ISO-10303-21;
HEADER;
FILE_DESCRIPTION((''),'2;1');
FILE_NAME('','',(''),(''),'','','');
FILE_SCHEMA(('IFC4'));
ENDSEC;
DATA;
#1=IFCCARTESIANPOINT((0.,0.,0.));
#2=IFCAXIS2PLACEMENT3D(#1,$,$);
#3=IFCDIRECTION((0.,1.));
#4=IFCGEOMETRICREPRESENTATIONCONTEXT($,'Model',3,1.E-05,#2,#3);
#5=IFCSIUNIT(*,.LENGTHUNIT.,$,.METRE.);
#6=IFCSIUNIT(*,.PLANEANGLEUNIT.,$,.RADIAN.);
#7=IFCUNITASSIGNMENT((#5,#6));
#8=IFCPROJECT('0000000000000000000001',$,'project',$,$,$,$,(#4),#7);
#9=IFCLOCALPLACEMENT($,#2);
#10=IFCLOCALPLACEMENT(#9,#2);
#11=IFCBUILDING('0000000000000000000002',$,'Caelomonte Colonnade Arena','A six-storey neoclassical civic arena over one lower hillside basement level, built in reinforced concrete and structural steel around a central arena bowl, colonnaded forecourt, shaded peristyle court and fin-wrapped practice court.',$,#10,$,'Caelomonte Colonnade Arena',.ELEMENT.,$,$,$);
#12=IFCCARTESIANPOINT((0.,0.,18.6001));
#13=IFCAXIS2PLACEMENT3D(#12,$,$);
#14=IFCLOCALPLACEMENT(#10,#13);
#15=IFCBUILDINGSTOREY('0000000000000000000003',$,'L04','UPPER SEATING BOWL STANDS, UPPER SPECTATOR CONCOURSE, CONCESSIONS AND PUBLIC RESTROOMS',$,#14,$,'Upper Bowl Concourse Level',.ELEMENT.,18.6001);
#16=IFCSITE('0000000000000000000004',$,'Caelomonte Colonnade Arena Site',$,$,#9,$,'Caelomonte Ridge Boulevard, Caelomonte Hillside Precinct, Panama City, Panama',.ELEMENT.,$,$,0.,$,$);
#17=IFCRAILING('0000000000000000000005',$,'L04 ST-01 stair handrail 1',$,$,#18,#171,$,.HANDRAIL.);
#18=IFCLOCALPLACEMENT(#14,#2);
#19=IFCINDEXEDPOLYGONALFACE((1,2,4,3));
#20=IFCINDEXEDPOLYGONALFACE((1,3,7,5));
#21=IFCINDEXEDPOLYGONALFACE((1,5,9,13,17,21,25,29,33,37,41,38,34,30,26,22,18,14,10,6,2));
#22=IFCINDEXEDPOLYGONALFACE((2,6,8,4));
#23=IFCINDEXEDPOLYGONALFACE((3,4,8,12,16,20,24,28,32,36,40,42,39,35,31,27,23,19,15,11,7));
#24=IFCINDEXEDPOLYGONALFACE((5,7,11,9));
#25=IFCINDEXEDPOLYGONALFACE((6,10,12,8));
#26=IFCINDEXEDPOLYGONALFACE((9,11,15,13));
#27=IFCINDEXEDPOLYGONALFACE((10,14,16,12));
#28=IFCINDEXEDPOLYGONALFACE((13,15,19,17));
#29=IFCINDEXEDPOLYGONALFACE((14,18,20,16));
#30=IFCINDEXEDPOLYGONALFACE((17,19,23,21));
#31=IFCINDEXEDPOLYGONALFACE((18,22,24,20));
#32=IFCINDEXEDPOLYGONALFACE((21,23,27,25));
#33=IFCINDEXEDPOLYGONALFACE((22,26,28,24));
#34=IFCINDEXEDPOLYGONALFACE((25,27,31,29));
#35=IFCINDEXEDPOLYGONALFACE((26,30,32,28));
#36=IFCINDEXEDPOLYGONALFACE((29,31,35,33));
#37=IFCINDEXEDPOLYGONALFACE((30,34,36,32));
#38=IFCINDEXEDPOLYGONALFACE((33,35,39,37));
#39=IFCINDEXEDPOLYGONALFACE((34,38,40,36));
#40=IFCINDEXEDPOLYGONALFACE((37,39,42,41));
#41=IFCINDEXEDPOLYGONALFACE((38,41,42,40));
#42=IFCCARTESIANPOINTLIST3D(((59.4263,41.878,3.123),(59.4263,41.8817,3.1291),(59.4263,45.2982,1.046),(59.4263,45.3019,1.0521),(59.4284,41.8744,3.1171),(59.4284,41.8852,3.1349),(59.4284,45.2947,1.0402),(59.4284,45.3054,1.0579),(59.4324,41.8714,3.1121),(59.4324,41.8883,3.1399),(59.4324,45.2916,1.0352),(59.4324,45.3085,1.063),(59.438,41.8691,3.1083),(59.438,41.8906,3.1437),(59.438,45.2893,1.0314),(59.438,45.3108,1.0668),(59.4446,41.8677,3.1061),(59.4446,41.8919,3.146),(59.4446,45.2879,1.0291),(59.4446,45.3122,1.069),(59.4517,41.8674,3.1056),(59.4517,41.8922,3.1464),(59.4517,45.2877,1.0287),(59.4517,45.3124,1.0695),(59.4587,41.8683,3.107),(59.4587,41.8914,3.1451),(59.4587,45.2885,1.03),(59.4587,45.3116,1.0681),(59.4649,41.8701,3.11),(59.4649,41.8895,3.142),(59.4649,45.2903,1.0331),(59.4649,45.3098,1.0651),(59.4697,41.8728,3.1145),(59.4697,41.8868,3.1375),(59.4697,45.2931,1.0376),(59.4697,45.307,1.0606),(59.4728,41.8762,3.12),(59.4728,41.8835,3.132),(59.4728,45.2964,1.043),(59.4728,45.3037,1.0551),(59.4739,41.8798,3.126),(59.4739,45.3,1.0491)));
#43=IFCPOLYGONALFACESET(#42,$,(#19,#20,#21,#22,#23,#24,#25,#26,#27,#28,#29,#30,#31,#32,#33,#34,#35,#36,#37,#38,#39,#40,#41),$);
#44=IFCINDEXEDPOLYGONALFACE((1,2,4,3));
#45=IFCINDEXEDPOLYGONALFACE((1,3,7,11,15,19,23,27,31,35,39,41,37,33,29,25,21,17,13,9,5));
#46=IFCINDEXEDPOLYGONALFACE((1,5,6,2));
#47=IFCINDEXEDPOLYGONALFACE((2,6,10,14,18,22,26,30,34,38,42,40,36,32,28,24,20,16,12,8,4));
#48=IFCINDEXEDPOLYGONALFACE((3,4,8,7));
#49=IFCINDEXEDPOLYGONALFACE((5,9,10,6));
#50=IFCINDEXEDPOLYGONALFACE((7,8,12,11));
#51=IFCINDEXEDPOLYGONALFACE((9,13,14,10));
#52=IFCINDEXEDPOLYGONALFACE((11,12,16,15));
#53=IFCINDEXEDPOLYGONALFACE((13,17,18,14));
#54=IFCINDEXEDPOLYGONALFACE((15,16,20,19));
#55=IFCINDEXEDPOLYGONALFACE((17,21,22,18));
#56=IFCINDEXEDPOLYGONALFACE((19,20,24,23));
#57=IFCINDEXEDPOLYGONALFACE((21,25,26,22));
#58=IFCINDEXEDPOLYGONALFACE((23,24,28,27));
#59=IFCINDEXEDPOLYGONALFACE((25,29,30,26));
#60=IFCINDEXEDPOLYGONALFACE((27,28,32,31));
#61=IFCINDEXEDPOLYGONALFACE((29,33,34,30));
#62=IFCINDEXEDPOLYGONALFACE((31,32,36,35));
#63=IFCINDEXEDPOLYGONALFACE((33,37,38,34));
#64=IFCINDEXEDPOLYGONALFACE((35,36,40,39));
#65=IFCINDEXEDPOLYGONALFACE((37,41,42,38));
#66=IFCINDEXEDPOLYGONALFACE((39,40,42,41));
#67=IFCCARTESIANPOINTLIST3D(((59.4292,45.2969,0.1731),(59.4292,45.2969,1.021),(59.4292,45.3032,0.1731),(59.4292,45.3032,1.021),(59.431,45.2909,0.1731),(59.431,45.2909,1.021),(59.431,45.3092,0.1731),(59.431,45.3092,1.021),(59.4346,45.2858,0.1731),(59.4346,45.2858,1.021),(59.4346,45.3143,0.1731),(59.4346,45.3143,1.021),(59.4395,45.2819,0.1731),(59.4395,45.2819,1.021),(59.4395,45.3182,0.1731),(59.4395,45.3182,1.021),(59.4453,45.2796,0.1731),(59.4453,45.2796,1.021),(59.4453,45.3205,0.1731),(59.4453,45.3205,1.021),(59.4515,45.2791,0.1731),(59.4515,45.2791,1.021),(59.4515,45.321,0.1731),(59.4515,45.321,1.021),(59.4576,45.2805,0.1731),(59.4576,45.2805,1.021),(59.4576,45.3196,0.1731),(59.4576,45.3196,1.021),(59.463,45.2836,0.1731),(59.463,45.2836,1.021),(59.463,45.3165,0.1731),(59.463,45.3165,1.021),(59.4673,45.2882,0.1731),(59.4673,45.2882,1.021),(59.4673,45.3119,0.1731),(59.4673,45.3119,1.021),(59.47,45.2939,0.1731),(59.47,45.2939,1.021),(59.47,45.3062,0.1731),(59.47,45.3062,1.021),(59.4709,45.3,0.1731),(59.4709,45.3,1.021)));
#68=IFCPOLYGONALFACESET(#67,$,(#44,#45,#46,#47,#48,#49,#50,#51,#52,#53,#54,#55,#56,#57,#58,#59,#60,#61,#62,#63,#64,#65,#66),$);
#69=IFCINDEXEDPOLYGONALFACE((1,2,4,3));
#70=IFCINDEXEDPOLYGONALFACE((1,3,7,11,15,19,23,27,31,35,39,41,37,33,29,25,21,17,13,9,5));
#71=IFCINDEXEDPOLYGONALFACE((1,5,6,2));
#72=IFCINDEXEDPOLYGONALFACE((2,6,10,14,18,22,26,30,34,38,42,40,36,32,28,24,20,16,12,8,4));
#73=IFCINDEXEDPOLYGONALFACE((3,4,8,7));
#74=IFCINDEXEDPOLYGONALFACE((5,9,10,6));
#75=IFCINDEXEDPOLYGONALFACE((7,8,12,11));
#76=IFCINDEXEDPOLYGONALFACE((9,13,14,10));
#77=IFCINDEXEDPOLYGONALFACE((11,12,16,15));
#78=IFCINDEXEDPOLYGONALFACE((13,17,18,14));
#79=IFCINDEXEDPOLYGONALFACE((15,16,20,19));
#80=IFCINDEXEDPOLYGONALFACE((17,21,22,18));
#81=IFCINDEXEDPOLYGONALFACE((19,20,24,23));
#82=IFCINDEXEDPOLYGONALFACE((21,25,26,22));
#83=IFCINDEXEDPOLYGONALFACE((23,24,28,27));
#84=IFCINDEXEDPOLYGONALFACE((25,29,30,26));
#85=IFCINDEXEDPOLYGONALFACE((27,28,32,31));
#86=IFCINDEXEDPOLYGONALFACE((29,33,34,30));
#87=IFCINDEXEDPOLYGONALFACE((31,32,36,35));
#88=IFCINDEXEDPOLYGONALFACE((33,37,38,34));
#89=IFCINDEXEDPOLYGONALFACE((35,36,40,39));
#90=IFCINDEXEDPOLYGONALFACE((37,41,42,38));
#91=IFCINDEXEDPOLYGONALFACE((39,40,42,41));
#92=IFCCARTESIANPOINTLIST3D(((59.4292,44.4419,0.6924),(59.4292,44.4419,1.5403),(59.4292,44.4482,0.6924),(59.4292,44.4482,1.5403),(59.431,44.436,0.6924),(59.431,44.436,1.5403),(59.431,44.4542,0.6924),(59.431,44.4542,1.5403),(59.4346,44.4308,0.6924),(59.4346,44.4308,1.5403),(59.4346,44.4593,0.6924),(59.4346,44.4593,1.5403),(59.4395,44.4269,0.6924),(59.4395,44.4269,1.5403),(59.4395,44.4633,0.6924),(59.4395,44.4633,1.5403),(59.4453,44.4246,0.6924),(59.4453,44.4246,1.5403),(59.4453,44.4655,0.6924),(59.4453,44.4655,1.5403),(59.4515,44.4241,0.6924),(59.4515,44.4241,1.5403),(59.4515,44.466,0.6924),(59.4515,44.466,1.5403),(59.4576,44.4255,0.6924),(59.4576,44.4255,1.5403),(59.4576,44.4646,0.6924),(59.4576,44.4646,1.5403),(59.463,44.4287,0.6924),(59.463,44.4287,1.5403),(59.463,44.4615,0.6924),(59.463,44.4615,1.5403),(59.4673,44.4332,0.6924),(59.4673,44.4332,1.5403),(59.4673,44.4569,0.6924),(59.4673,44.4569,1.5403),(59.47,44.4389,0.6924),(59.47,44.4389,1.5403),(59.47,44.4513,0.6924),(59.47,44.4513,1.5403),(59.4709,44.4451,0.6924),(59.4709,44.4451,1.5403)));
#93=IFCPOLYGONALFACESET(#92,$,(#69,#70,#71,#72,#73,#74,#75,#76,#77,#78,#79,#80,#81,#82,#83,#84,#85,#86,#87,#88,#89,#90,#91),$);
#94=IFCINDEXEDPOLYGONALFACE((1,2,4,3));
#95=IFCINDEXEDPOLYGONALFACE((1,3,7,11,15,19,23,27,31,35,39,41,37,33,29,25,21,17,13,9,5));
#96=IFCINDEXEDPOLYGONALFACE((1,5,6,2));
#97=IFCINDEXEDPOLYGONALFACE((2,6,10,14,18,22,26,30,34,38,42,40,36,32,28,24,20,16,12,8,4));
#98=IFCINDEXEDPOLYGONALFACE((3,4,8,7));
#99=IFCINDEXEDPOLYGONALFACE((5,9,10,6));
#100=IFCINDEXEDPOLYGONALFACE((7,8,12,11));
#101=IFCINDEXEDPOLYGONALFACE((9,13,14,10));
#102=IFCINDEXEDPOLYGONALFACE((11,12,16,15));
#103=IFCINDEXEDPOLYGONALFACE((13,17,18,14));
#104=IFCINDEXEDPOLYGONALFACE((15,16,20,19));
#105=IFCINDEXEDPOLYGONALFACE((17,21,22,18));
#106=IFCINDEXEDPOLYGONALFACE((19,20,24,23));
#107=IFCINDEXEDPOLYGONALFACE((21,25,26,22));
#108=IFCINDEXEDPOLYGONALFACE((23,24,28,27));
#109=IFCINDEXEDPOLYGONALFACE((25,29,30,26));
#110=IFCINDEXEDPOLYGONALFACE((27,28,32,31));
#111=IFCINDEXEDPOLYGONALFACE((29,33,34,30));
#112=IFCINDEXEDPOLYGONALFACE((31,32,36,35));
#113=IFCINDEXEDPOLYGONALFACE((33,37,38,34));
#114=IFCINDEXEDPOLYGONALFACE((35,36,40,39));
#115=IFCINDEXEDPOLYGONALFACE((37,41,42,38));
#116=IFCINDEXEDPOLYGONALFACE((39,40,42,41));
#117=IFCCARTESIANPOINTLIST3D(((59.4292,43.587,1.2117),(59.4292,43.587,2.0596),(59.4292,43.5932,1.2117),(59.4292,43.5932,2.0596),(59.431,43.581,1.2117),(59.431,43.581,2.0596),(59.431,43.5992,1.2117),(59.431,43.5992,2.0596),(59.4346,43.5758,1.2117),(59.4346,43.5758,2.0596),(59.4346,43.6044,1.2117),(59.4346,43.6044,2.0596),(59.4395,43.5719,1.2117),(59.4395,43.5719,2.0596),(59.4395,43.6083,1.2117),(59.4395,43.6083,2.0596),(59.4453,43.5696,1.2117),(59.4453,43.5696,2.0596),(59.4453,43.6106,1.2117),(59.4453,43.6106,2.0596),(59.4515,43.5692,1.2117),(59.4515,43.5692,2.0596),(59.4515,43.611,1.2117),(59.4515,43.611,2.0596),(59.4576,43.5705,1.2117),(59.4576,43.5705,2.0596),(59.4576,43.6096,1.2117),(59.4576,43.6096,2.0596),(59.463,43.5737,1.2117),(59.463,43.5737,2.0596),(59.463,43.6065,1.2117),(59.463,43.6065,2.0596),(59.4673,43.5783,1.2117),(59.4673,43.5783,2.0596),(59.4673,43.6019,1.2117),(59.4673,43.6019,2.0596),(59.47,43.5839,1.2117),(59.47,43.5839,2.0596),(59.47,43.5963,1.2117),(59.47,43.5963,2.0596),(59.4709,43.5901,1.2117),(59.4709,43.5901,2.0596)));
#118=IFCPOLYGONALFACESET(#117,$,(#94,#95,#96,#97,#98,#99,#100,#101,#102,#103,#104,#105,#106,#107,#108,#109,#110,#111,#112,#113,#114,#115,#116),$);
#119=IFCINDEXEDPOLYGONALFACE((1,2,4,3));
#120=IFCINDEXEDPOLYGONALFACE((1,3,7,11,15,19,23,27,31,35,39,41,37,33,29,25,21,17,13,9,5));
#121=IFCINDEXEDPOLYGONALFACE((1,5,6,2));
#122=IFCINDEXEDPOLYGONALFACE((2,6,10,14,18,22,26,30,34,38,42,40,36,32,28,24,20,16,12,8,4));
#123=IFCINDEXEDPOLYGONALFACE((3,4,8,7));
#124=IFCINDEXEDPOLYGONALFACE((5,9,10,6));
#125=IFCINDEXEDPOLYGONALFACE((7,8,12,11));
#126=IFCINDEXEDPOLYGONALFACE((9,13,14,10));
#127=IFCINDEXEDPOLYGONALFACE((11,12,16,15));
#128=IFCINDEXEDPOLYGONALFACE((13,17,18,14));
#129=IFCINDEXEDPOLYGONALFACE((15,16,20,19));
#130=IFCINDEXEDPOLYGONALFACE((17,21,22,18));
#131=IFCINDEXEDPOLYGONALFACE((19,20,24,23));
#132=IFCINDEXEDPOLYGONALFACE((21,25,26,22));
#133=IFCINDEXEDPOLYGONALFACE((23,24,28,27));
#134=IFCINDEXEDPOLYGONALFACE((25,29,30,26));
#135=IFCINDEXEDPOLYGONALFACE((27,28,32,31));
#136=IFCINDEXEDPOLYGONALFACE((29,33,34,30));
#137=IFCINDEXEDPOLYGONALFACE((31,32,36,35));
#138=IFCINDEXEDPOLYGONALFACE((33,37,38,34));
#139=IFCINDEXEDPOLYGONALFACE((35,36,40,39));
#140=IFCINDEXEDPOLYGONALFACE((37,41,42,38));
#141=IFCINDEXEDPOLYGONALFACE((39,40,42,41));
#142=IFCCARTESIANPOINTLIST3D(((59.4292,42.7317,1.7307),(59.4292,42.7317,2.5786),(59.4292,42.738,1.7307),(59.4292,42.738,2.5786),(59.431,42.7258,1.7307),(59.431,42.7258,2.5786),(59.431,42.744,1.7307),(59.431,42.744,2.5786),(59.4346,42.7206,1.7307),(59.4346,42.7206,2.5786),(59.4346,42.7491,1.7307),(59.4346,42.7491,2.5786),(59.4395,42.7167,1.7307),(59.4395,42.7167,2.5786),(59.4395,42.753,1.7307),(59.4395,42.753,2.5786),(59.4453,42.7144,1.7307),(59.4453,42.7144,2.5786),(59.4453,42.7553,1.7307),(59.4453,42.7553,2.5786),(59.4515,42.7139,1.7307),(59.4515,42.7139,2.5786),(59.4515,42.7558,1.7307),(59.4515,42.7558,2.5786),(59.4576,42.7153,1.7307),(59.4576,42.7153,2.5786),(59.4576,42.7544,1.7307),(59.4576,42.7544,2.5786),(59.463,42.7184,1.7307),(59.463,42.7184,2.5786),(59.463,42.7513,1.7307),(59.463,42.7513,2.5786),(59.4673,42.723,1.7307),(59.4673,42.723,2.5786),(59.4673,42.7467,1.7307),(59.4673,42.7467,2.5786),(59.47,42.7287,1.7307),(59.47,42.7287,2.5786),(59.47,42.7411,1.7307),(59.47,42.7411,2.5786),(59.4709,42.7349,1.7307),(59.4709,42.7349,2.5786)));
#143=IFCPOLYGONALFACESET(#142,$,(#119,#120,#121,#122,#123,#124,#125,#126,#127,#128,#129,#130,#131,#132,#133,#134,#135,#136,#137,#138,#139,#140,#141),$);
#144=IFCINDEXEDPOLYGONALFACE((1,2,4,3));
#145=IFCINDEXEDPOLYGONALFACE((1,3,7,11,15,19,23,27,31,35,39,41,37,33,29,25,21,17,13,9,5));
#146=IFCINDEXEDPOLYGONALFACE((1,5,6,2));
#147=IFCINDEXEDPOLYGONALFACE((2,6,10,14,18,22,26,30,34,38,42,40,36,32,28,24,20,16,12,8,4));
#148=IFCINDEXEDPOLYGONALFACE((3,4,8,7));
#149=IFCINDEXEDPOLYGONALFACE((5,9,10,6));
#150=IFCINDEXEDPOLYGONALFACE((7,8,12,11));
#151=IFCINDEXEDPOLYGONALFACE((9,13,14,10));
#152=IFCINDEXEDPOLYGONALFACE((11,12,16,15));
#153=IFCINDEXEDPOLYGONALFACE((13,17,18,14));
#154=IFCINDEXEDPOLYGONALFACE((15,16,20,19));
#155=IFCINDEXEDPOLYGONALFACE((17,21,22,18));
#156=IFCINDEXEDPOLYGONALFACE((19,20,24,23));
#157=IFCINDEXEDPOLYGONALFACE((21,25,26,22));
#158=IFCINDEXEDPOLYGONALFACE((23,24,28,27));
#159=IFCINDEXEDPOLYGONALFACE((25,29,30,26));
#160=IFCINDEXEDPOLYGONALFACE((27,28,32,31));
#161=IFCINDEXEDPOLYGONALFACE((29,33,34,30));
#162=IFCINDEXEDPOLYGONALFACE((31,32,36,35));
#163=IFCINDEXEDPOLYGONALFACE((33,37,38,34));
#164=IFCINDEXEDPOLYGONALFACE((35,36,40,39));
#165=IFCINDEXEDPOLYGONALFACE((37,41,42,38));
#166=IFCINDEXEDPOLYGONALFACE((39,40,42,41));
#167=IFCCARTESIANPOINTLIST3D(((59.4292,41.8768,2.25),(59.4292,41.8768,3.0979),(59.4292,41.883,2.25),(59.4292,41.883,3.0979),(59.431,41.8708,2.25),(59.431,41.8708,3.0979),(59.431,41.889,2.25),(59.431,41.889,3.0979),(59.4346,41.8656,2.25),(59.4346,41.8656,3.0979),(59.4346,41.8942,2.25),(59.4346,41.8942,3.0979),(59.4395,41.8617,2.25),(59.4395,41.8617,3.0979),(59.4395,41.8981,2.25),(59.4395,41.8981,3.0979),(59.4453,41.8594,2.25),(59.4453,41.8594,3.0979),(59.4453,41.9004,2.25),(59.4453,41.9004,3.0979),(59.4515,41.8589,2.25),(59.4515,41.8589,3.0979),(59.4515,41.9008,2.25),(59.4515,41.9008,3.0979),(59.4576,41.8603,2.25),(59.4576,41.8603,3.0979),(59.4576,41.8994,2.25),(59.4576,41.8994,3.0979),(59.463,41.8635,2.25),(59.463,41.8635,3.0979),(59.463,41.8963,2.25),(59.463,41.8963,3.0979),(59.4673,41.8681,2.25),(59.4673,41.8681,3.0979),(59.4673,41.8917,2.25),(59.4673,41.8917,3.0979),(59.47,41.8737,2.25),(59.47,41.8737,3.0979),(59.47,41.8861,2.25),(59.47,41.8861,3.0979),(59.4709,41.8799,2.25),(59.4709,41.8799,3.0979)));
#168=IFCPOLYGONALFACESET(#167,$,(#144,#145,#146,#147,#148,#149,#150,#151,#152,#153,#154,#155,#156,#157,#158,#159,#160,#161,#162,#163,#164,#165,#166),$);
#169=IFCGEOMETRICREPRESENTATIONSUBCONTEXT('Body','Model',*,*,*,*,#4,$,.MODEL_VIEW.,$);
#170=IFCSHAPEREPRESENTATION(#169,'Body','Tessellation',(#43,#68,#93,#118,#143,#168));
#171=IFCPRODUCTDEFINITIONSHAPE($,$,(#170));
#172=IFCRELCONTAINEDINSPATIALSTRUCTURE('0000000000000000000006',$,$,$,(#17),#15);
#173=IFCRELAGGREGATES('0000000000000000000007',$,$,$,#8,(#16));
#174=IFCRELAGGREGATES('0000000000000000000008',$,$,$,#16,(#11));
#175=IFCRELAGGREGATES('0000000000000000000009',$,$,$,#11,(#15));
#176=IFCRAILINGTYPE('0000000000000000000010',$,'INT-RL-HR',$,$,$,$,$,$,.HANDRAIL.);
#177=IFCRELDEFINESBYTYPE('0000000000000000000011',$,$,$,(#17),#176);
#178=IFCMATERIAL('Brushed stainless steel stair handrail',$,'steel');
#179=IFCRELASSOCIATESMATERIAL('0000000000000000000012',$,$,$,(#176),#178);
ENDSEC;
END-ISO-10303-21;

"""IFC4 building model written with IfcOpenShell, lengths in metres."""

from ifc_helpers import new_model, si_unit, direction, frame, origin, origin_2d, place, context, subcontext, project, spatial, circle, extrude, material, type_object, element, save


model = new_model("IFC4")

# Units and contexts
model_context = context("Model", 3, precision=1e-05, world=origin(), true_north=direction((0.0, 1.0)))
body_context = subcontext(model_context, "Body", "Model", "MODEL_VIEW")
ifc_project = project(units=[si_unit("LENGTHUNIT", "METRE"), si_unit("PLANEANGLEUNIT", "RADIAN")], contexts=[model_context])

# Site, building, storey
site_placement = place(None, origin())
site = spatial("IfcSite", under=ifc_project, at=site_placement, Name="Caelomonte Colonnade Arena Site", LongName="Caelomonte Ridge Boulevard, Caelomonte Hillside Precinct, Panama City, Panama", CompositionType="ELEMENT", RefElevation=0.0)
building_placement = place(site_placement, origin())
building = spatial("IfcBuilding", under=site, at=building_placement, Name="Caelomonte Colonnade Arena", Description="A six-storey neoclassical civic arena over one lower hillside basement level, built in reinforced concrete and structural steel around a central arena bowl, colonnaded forecourt, shaded peristyle court and fin-wrapped practice court.", LongName="Caelomonte Colonnade Arena", CompositionType="ELEMENT")
storey_placement = place(building_placement, frame((0.0, 0.0, 18.6001)))
storey = spatial("IfcBuildingStorey", under=building, at=storey_placement, Name="L04", Description="UPPER SEATING BOWL STANDS, UPPER SPECTATOR CONCOURSE, CONCESSIONS AND PUBLIC RESTROOMS", LongName="Upper Bowl Concourse Level", CompositionType="ELEMENT", Elevation=18.6001)

# Railing
ifc_material_1 = material(Name="Brushed stainless steel stair handrail", Category="steel")
railing_type_1 = type_object("IfcRailingType", Name="INT-RL-HR", PredefinedType="HANDRAIL", material=ifc_material_1)
railing_1_placement = place(storey_placement, frame((59.45, 45.3, 0.1731)))
element("IfcRailing", 1, at=railing_1_placement, inside=storey, type_object=railing_type_1, Name="L04 ST-01 stair handrail 1", PredefinedType="HANDRAIL", context=body_context, shape_type="SweptSolid", body=[
    extrude(circle(Radius=0.0239, at=origin_2d()), frame((0.0, 0.0, 0.876), z_axis=(0.0, -0.854746, 0.519047), x_axis=(1.0, 0.0, 0.0)), (0.0, 0.0, 1.0), 4.0015),
    extrude(circle(Radius=0.021, at=origin_2d()), origin(), (0.0, 0.0, 1.0), 0.8479),
    extrude(circle(Radius=0.021, at=origin_2d()), frame((0.0, -0.855, 0.5193)), (0.0, 0.0, 1.0), 0.8479),
    extrude(circle(Radius=0.021, at=origin_2d()), frame((0.0, -1.71, 1.0386)), (0.0, 0.0, 1.0), 0.8479),
    extrude(circle(Radius=0.021, at=origin_2d()), frame((0.0, -2.5652, 1.5576)), (0.0, 0.0, 1.0), 0.8479),
    extrude(circle(Radius=0.021, at=origin_2d()), frame((0.0, -3.4202, 2.0769)), (0.0, 0.0, 1.0), 0.8479),
])

save(model, "model.ifc")
